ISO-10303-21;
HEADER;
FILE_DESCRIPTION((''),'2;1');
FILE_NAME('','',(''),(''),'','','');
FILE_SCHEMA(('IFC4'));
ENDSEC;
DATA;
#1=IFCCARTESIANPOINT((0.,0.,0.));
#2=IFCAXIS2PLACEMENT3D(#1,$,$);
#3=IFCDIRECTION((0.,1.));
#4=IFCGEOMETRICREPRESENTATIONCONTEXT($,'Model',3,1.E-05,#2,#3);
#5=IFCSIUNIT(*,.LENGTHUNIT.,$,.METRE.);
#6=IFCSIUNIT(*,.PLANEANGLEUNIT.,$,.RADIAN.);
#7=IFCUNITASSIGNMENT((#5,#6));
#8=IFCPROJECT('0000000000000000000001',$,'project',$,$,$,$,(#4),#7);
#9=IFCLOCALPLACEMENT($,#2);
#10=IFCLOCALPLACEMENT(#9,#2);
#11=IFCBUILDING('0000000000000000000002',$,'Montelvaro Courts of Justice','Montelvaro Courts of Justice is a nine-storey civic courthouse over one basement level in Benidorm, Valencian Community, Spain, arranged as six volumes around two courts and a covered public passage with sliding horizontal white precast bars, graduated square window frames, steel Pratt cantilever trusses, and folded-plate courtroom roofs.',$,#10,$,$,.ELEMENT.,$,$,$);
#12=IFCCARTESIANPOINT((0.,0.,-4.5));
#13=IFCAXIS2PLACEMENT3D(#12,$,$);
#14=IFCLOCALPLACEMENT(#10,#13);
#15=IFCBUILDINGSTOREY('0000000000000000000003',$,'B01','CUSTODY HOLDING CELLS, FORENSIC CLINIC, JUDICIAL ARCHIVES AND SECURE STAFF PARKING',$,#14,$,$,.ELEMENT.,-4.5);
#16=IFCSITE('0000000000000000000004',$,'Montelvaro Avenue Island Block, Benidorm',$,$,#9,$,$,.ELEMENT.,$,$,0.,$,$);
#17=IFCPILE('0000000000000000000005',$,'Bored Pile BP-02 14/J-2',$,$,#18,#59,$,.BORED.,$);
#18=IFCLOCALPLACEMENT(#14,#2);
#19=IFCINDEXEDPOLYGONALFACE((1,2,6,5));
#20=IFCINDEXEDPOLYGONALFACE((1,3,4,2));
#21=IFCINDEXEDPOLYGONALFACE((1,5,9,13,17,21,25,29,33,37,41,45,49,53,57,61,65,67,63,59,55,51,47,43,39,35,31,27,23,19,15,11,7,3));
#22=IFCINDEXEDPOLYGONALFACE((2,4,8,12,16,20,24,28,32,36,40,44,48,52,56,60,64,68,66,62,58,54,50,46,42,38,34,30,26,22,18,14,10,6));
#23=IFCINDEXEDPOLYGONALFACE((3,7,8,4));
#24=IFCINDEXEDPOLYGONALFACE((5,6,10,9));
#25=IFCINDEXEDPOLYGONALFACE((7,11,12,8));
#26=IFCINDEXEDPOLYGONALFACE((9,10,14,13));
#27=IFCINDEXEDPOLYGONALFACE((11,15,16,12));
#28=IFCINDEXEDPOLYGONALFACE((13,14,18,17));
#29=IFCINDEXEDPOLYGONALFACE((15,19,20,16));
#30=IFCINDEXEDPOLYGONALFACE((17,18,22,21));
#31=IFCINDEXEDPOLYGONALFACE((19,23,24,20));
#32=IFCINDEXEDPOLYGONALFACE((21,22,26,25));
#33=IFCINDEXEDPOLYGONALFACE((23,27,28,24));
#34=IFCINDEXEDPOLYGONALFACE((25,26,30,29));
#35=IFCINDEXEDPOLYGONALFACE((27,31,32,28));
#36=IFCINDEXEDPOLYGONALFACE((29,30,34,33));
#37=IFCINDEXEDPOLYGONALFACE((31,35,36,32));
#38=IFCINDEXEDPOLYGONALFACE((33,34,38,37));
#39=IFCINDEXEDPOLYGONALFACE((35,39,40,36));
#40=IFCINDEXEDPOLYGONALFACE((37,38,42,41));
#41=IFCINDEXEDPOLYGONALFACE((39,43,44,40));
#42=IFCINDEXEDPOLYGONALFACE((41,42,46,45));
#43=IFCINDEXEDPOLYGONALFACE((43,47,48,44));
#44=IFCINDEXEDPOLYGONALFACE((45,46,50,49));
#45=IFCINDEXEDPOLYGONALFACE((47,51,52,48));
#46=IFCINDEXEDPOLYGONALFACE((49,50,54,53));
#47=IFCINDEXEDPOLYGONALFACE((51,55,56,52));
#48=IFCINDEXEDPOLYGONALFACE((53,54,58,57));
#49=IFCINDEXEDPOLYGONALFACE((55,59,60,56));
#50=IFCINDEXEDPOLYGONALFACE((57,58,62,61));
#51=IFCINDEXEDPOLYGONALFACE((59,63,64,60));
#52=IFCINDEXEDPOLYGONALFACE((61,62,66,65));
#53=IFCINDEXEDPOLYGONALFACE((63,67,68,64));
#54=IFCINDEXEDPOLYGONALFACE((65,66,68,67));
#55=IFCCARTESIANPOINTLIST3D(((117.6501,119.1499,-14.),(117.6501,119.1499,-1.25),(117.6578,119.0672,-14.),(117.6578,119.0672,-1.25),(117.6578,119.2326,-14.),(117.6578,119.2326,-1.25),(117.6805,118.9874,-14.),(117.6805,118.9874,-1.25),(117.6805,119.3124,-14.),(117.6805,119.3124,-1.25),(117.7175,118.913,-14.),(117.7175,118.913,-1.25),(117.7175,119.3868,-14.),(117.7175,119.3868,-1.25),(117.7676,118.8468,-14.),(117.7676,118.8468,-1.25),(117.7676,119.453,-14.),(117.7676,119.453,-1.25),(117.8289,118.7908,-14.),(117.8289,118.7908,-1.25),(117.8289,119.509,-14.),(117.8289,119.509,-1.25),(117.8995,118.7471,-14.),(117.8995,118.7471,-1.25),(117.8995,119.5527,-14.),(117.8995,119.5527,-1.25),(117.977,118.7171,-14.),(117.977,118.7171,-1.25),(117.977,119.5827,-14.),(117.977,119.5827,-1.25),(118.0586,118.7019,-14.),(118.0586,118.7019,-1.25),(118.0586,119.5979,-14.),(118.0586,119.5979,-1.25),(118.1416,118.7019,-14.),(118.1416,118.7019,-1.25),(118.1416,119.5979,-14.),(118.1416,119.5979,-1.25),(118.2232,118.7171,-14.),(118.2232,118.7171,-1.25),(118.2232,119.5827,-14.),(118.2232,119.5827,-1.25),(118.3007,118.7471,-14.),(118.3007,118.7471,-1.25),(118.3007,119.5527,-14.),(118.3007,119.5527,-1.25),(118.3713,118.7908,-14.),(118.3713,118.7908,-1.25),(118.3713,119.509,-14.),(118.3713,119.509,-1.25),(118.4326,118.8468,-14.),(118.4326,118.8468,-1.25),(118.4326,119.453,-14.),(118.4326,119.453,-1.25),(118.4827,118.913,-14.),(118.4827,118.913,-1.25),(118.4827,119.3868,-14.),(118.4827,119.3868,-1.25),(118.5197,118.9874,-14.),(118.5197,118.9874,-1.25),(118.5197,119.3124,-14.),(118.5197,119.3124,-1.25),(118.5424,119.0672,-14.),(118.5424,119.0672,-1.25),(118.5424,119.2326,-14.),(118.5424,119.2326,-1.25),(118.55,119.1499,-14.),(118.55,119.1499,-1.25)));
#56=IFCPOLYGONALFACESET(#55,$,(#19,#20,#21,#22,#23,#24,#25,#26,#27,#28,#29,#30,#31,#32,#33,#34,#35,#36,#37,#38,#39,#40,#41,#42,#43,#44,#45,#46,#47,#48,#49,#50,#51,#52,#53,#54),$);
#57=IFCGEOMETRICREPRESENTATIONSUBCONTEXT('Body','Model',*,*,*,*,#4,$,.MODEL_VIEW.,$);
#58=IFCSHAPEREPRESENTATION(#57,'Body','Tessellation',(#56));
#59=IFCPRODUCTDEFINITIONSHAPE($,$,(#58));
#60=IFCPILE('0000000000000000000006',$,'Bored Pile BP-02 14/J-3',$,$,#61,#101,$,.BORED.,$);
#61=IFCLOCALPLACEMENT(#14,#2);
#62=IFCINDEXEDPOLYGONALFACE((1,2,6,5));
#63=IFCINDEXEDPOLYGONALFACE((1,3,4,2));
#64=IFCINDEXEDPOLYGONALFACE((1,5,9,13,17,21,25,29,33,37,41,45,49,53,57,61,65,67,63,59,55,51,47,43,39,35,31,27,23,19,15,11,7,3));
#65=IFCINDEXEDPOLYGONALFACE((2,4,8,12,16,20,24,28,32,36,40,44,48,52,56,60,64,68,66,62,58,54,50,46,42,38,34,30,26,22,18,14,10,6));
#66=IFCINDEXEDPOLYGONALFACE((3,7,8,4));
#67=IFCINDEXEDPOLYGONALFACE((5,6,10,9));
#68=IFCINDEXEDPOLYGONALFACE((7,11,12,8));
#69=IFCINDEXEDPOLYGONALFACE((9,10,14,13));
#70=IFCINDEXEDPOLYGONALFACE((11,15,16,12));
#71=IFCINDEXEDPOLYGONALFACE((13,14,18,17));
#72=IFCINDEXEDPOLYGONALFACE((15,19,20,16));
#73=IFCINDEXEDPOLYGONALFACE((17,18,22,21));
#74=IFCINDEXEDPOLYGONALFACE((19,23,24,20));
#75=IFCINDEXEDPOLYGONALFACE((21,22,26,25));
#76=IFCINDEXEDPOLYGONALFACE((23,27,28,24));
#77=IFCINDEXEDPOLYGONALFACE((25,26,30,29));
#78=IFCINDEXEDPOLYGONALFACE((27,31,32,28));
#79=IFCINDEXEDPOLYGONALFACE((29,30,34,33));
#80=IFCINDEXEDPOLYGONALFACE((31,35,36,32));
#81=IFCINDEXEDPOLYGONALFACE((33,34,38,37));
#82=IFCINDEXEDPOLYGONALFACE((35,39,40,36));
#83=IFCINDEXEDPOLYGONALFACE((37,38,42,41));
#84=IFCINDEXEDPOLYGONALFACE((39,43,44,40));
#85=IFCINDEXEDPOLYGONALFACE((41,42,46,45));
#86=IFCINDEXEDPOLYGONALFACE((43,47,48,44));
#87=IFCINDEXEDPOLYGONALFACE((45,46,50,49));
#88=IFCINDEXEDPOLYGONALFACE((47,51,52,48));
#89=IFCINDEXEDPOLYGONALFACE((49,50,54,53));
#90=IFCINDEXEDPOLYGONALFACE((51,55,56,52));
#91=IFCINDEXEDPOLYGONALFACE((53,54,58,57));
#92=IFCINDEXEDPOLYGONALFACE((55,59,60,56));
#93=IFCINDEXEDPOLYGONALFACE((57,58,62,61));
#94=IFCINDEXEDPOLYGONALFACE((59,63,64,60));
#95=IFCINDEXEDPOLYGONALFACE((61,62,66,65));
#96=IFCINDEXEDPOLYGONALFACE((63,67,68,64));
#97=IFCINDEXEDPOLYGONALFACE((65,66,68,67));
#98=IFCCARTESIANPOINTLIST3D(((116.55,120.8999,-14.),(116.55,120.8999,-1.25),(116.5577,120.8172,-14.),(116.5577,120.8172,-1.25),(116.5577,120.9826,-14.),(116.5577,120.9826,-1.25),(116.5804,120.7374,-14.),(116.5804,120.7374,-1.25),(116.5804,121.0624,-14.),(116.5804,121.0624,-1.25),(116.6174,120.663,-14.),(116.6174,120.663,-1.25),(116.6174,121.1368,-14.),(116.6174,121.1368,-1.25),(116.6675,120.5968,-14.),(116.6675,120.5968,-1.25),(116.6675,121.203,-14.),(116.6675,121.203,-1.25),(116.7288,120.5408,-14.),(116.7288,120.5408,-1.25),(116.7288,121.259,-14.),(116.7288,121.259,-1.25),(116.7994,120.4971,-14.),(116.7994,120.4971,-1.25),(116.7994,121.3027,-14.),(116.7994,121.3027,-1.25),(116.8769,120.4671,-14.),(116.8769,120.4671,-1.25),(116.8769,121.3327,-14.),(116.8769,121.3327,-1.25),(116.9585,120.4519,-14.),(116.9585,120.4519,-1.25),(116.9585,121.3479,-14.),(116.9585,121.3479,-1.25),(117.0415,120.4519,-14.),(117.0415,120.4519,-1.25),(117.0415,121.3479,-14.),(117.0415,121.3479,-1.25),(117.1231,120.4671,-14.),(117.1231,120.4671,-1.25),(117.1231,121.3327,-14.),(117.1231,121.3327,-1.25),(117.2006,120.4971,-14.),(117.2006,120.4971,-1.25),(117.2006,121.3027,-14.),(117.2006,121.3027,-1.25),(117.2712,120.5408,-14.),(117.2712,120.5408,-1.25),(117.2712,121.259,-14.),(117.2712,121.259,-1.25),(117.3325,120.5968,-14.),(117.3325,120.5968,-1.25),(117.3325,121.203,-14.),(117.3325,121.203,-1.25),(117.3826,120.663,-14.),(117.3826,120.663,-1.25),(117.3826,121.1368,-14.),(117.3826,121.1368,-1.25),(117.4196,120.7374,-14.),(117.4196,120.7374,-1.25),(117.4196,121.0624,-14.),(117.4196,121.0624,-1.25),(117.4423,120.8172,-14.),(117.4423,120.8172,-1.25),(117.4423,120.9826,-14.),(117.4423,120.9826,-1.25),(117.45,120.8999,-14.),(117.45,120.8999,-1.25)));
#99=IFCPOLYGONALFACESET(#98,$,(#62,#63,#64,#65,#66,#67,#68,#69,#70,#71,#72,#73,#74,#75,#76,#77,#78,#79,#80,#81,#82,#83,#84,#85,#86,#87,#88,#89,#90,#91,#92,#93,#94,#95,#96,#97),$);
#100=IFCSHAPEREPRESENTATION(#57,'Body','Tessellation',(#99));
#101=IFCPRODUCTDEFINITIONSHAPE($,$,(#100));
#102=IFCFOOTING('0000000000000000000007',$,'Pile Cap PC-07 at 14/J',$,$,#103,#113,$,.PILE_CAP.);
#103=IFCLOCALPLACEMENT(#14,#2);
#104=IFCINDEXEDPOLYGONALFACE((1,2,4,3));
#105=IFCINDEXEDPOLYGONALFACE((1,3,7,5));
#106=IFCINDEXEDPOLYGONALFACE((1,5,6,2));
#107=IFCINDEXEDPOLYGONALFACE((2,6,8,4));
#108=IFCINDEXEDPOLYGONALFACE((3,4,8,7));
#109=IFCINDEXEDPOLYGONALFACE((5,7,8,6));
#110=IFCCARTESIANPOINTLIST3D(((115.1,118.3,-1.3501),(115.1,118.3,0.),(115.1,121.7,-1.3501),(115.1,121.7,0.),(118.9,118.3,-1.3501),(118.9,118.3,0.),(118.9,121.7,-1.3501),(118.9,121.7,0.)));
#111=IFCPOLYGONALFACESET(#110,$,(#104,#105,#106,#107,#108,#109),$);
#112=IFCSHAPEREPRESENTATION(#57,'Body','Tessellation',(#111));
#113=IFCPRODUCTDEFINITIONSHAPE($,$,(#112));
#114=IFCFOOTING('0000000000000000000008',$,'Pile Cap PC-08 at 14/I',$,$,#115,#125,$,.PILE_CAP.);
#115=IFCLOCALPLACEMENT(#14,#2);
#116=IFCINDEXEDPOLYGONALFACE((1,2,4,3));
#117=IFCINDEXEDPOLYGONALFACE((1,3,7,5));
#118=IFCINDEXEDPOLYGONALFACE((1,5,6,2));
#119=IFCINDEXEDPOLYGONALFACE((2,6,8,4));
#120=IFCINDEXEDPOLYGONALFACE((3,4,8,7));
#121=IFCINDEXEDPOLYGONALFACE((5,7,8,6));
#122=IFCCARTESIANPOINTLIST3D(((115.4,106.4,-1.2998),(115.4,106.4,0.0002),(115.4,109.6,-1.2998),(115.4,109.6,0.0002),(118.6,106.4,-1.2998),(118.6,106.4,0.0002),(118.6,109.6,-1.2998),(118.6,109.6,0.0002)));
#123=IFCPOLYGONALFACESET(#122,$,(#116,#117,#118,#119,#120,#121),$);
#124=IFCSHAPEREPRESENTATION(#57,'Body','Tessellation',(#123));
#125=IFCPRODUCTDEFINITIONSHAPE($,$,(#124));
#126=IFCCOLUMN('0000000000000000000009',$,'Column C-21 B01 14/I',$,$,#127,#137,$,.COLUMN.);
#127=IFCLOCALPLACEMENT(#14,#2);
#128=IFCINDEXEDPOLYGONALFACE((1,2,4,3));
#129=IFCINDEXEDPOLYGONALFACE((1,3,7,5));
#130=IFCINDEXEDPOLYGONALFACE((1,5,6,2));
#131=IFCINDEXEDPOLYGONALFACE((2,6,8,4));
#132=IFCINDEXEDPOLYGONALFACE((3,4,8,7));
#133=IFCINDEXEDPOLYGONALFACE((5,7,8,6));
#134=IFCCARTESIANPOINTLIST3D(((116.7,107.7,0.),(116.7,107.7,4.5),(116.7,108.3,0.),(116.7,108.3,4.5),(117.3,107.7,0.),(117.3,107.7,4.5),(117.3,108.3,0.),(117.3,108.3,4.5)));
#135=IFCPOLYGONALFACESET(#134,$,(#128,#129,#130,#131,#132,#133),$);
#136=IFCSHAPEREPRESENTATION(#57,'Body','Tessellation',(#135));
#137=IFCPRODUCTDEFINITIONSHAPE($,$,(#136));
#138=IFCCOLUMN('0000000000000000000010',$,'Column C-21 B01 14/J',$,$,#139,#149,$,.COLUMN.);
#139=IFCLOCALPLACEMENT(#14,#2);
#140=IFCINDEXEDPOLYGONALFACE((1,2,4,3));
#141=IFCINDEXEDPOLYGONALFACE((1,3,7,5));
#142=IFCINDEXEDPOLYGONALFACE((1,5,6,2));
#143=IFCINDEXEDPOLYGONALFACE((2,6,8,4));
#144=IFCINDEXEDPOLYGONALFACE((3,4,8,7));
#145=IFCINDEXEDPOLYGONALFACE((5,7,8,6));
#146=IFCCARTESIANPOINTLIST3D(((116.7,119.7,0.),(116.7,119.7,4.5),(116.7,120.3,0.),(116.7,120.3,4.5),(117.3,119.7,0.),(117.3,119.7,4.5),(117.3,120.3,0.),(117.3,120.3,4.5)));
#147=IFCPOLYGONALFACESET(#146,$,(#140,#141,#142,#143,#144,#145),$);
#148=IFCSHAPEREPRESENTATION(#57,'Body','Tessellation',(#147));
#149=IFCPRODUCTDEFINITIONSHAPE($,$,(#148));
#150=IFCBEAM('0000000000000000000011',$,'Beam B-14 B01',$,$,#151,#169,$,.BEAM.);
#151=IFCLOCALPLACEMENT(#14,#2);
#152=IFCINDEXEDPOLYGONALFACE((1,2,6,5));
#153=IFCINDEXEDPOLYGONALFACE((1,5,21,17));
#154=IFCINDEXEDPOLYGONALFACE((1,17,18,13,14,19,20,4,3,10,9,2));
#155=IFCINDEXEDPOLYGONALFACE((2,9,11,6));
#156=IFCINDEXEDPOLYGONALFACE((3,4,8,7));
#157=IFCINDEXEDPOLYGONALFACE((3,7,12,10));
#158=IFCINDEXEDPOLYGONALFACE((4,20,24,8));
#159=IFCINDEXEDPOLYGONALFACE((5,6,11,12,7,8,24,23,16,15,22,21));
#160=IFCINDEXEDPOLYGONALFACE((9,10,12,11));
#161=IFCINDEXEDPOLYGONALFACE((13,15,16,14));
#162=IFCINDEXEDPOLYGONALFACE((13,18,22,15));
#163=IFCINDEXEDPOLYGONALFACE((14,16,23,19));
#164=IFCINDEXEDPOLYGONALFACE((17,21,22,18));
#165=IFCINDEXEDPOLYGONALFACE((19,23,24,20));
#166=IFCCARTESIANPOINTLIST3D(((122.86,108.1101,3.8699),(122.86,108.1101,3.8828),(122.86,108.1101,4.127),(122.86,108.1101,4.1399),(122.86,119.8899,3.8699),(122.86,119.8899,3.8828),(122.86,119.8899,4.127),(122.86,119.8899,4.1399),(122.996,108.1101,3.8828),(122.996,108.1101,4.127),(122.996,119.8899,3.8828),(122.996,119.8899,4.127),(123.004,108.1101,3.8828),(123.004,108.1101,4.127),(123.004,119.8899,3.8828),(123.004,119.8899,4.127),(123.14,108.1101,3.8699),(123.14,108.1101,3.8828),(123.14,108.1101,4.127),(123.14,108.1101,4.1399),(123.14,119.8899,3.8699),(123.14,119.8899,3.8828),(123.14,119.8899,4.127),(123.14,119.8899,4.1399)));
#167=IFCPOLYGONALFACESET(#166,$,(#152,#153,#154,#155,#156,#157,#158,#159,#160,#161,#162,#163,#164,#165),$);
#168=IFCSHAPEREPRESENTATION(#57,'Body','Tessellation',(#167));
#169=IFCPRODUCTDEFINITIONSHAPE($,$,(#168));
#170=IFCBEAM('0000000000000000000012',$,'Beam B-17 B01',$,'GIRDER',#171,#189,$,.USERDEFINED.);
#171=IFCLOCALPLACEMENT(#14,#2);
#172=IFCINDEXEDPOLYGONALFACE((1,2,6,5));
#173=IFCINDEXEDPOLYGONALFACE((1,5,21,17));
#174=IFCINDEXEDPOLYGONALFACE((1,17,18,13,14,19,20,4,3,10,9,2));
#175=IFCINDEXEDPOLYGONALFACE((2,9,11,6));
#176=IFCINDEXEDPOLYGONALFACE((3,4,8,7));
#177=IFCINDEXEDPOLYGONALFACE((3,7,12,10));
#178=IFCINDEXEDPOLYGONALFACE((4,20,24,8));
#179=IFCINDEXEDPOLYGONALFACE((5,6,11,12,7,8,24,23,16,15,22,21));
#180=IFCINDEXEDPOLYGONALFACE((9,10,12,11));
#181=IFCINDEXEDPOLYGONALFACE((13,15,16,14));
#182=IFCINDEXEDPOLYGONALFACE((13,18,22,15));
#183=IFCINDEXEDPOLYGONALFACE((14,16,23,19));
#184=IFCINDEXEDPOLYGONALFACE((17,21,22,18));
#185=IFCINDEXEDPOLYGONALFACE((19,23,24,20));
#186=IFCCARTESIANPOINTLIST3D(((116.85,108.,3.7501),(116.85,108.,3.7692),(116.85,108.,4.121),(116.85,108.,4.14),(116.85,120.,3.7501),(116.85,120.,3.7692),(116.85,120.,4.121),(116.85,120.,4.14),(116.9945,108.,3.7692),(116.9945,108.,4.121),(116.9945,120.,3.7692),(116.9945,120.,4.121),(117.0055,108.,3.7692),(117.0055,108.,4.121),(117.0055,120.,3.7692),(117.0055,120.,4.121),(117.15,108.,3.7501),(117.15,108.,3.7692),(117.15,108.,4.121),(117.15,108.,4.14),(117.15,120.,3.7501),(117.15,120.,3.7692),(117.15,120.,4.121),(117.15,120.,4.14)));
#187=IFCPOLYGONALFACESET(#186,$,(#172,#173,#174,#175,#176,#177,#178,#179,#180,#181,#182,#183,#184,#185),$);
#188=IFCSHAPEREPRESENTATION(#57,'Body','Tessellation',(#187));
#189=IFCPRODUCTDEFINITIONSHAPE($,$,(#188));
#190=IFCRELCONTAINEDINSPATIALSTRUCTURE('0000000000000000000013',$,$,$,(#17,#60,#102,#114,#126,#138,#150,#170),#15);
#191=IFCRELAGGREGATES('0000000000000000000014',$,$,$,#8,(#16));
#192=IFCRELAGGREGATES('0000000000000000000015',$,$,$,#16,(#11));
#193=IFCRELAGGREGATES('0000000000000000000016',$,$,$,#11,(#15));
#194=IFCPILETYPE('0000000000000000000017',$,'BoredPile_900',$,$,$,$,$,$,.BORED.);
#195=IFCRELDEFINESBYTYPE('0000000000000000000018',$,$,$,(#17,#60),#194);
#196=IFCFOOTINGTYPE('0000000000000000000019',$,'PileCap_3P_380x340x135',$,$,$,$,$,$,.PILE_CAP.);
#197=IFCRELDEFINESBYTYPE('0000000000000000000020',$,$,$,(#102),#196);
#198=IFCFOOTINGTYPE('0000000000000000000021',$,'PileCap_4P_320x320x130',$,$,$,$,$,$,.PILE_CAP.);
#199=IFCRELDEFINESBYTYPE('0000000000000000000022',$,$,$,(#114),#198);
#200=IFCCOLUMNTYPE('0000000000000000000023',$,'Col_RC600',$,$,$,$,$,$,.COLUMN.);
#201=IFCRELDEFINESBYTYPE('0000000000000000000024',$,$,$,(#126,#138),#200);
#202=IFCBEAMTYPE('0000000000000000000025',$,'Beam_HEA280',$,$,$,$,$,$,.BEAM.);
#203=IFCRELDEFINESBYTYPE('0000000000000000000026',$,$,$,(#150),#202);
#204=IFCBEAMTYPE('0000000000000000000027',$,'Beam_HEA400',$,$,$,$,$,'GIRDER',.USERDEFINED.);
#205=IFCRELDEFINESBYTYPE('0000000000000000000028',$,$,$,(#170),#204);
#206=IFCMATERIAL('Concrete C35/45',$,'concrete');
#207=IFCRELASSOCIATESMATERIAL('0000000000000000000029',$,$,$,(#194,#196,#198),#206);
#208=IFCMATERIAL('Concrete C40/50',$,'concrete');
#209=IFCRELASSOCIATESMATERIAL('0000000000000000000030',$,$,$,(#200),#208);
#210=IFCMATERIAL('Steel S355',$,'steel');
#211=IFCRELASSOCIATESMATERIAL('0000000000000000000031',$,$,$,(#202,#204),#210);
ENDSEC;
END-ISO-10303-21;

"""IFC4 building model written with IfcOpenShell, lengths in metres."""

from ifc_helpers import new_model, si_unit, direction, frame, origin, origin_2d, place, context, subcontext, project, spatial, rectangle, circle, i_section, extrude, material, material_profile, profile_set, type_object, element, save


model = new_model("IFC4")

# Units and contexts
model_context = context("Model", 3, precision=1e-05, world=origin(), true_north=direction((0.0, 1.0)))
body_context = subcontext(model_context, "Body", "Model", "MODEL_VIEW")
ifc_project = project(units=[si_unit("LENGTHUNIT", "METRE"), si_unit("PLANEANGLEUNIT", "RADIAN")], contexts=[model_context])

# Site, building, storey
site_placement = place(None, origin())
site = spatial("IfcSite", under=ifc_project, at=site_placement, Name="Montelvaro Avenue Island Block, Benidorm", CompositionType="ELEMENT", RefElevation=0.0)
building_placement = place(site_placement, origin())
building = spatial("IfcBuilding", under=site, at=building_placement, Name="Montelvaro Courts of Justice", Description="Montelvaro Courts of Justice is a nine-storey civic courthouse over one basement level in Benidorm, Valencian Community, Spain, arranged as six volumes around two courts and a covered public passage with sliding horizontal white precast bars, graduated square window frames, steel Pratt cantilever trusses, and folded-plate courtroom roofs.", CompositionType="ELEMENT")
storey_placement = place(building_placement, frame((0.0, 0.0, -4.5)))
storey = spatial("IfcBuildingStorey", under=building, at=storey_placement, Name="B01", Description="CUSTODY HOLDING CELLS, FORENSIC CLINIC, JUDICIAL ARCHIVES AND SECURE STAFF PARKING", CompositionType="ELEMENT", Elevation=-4.5)

# Piles
ifc_material_1 = material(Name="Concrete C35/45", Category="concrete")
ifc_material_profile_1 = material_profile(ifc_material_1, circle(Radius=0.45, at=origin_2d()), Name="BORED PILE D900")
ifc_profile_set_1 = profile_set([ifc_material_profile_1], Name="Concrete C35/45")
pile_type_1 = type_object("IfcPileType", Name="BoredPile_900", PredefinedType="BORED", material=ifc_profile_set_1)
for number, where, z_axis, x_axis, name in (
    (1, (118.1001, 119.1499, -1.25), (0.0, 0.0, -1.0), (1.0, 0.0, 0.0), "Bored Pile BP-02 14/J-2"),
    (2, (117.0, 120.8999, -1.25), (0.0, 0.0, -1.0), (1.0, 0.0, 0.0), "Bored Pile BP-02 14/J-3"),
):
    element("IfcPile", number, at=place(storey_placement, frame(where, z_axis=z_axis, x_axis=x_axis)), inside=storey, type_object=pile_type_1, Name=name, PredefinedType="BORED", context=body_context, shape_type="SweptSolid", body=[
        extrude(circle(Radius=0.45, at=origin_2d()), origin(), (0.0, 0.0, 1.0), 12.75),
    ])

# Footings
footing_type_1 = type_object("IfcFootingType", Name="PileCap_3P_380x340x135", PredefinedType="PILE_CAP", material=ifc_material_1)
footing_1_placement = place(storey_placement, frame((117.0, 120.0, -1.3501), z_axis=(0.0, 0.0, 1.0), x_axis=(1.0, 0.0, 0.0)))
element("IfcFooting", 3, at=footing_1_placement, inside=storey, type_object=footing_type_1, Name="Pile Cap PC-07 at 14/J", PredefinedType="PILE_CAP", context=body_context, shape_type="SweptSolid", body=[
    extrude(rectangle(XDim=3.8, YDim=3.3999, at=origin_2d()), origin(), (0.0, 0.0, 1.0), 1.3501),
])
footing_type_2 = type_object("IfcFootingType", Name="PileCap_4P_320x320x130", PredefinedType="PILE_CAP", material=ifc_material_1)
footing_2_placement = place(storey_placement, frame((117.0, 108.0, -1.2998), z_axis=(0.0, 0.0, 1.0), x_axis=(1.0, 0.0, 0.0)))
element("IfcFooting", 4, at=footing_2_placement, inside=storey, type_object=footing_type_2, Name="Pile Cap PC-08 at 14/I", PredefinedType="PILE_CAP", context=body_context, shape_type="SweptSolid", body=[
    extrude(rectangle(XDim=3.2, YDim=3.2, at=origin_2d()), origin(), (0.0, 0.0, 1.0), 1.3),
])

# Columns
ifc_material_2 = material(Name="Concrete C40/50", Category="concrete")
ifc_material_profile_2 = material_profile(ifc_material_2, rectangle(XDim=0.6001, YDim=0.6001, at=origin_2d()), Name="RC 600x600")
ifc_profile_set_2 = profile_set([ifc_material_profile_2], Name="Concrete C40/50")
column_type = type_object("IfcColumnType", Name="Col_RC600", PredefinedType="COLUMN", material=ifc_profile_set_2)
for number, where, z_axis, x_axis, name in (
    (5, (117.0, 108.0, 0.0), (0.0, 0.0, 1.0), (1.0, 0.0, 0.0), "Column C-21 B01 14/I"),
    (6, (117.0, 120.0, 0.0), (0.0, 0.0, 1.0), (1.0, 0.0, 0.0), "Column C-21 B01 14/J"),
):
    element("IfcColumn", number, at=place(storey_placement, frame(where, z_axis=z_axis, x_axis=x_axis)), inside=storey, type_object=column_type, Name=name, PredefinedType="COLUMN", context=body_context, shape_type="SweptSolid", body=[
        extrude(rectangle(XDim=0.6001, YDim=0.6001, at=origin_2d()), origin(), (0.0, 0.0, 1.0), 4.5),
    ])

# Beams
ifc_material_3 = material(Name="Steel S355", Category="steel")
ifc_material_profile_3 = material_profile(ifc_material_3, i_section(OverallWidth=0.28, OverallDepth=0.27, WebThickness=0.0081, FlangeThickness=0.0129, at=origin_2d()), Name="HEA 280")
ifc_profile_set_3 = profile_set([ifc_material_profile_3], Name="Steel S355")
beam_type_1 = type_object("IfcBeamType", Name="Beam_HEA280", PredefinedType="BEAM", material=ifc_profile_set_3)
beam_1_placement = place(storey_placement, frame((123.0, 108.1101, 4.0049), z_axis=(0.0, 1.0, 0.0), x_axis=(-1.0, 0.0, 0.0)))
element("IfcBeam", 7, at=beam_1_placement, inside=storey, type_object=beam_type_1, Name="Beam B-14 B01", PredefinedType="BEAM", context=body_context, shape_type="SweptSolid", body=[
    extrude(i_section(OverallWidth=0.28, OverallDepth=0.27, WebThickness=0.0081, FlangeThickness=0.0129, at=origin_2d()), origin(), (0.0, 0.0, 1.0), 11.7798),
])
ifc_material_profile_4 = material_profile(ifc_material_3, i_section(OverallWidth=0.3, OverallDepth=0.3899, WebThickness=0.011, FlangeThickness=0.019, at=origin_2d()), Name="HEA 400")
ifc_profile_set_4 = profile_set([ifc_material_profile_4], Name="Steel S355")
beam_type_2 = type_object("IfcBeamType", Name="Beam_HEA400", ElementType="GIRDER", PredefinedType="USERDEFINED", material=ifc_profile_set_4)
beam_2_placement = place(storey_placement, frame((117.0, 108.0, 3.9451), z_axis=(0.0, 1.0, 0.0), x_axis=(-1.0, 0.0, 0.0)))
element("IfcBeam", 8, at=beam_2_placement, inside=storey, type_object=beam_type_2, Name="Beam B-17 B01", ObjectType="GIRDER", PredefinedType="USERDEFINED", context=body_context, shape_type="SweptSolid", body=[
    extrude(i_section(OverallWidth=0.3, OverallDepth=0.3899, WebThickness=0.011, FlangeThickness=0.019, at=origin_2d()), origin(), (0.0, 0.0, 1.0), 12.0),
])

save(model, "model.ifc")
